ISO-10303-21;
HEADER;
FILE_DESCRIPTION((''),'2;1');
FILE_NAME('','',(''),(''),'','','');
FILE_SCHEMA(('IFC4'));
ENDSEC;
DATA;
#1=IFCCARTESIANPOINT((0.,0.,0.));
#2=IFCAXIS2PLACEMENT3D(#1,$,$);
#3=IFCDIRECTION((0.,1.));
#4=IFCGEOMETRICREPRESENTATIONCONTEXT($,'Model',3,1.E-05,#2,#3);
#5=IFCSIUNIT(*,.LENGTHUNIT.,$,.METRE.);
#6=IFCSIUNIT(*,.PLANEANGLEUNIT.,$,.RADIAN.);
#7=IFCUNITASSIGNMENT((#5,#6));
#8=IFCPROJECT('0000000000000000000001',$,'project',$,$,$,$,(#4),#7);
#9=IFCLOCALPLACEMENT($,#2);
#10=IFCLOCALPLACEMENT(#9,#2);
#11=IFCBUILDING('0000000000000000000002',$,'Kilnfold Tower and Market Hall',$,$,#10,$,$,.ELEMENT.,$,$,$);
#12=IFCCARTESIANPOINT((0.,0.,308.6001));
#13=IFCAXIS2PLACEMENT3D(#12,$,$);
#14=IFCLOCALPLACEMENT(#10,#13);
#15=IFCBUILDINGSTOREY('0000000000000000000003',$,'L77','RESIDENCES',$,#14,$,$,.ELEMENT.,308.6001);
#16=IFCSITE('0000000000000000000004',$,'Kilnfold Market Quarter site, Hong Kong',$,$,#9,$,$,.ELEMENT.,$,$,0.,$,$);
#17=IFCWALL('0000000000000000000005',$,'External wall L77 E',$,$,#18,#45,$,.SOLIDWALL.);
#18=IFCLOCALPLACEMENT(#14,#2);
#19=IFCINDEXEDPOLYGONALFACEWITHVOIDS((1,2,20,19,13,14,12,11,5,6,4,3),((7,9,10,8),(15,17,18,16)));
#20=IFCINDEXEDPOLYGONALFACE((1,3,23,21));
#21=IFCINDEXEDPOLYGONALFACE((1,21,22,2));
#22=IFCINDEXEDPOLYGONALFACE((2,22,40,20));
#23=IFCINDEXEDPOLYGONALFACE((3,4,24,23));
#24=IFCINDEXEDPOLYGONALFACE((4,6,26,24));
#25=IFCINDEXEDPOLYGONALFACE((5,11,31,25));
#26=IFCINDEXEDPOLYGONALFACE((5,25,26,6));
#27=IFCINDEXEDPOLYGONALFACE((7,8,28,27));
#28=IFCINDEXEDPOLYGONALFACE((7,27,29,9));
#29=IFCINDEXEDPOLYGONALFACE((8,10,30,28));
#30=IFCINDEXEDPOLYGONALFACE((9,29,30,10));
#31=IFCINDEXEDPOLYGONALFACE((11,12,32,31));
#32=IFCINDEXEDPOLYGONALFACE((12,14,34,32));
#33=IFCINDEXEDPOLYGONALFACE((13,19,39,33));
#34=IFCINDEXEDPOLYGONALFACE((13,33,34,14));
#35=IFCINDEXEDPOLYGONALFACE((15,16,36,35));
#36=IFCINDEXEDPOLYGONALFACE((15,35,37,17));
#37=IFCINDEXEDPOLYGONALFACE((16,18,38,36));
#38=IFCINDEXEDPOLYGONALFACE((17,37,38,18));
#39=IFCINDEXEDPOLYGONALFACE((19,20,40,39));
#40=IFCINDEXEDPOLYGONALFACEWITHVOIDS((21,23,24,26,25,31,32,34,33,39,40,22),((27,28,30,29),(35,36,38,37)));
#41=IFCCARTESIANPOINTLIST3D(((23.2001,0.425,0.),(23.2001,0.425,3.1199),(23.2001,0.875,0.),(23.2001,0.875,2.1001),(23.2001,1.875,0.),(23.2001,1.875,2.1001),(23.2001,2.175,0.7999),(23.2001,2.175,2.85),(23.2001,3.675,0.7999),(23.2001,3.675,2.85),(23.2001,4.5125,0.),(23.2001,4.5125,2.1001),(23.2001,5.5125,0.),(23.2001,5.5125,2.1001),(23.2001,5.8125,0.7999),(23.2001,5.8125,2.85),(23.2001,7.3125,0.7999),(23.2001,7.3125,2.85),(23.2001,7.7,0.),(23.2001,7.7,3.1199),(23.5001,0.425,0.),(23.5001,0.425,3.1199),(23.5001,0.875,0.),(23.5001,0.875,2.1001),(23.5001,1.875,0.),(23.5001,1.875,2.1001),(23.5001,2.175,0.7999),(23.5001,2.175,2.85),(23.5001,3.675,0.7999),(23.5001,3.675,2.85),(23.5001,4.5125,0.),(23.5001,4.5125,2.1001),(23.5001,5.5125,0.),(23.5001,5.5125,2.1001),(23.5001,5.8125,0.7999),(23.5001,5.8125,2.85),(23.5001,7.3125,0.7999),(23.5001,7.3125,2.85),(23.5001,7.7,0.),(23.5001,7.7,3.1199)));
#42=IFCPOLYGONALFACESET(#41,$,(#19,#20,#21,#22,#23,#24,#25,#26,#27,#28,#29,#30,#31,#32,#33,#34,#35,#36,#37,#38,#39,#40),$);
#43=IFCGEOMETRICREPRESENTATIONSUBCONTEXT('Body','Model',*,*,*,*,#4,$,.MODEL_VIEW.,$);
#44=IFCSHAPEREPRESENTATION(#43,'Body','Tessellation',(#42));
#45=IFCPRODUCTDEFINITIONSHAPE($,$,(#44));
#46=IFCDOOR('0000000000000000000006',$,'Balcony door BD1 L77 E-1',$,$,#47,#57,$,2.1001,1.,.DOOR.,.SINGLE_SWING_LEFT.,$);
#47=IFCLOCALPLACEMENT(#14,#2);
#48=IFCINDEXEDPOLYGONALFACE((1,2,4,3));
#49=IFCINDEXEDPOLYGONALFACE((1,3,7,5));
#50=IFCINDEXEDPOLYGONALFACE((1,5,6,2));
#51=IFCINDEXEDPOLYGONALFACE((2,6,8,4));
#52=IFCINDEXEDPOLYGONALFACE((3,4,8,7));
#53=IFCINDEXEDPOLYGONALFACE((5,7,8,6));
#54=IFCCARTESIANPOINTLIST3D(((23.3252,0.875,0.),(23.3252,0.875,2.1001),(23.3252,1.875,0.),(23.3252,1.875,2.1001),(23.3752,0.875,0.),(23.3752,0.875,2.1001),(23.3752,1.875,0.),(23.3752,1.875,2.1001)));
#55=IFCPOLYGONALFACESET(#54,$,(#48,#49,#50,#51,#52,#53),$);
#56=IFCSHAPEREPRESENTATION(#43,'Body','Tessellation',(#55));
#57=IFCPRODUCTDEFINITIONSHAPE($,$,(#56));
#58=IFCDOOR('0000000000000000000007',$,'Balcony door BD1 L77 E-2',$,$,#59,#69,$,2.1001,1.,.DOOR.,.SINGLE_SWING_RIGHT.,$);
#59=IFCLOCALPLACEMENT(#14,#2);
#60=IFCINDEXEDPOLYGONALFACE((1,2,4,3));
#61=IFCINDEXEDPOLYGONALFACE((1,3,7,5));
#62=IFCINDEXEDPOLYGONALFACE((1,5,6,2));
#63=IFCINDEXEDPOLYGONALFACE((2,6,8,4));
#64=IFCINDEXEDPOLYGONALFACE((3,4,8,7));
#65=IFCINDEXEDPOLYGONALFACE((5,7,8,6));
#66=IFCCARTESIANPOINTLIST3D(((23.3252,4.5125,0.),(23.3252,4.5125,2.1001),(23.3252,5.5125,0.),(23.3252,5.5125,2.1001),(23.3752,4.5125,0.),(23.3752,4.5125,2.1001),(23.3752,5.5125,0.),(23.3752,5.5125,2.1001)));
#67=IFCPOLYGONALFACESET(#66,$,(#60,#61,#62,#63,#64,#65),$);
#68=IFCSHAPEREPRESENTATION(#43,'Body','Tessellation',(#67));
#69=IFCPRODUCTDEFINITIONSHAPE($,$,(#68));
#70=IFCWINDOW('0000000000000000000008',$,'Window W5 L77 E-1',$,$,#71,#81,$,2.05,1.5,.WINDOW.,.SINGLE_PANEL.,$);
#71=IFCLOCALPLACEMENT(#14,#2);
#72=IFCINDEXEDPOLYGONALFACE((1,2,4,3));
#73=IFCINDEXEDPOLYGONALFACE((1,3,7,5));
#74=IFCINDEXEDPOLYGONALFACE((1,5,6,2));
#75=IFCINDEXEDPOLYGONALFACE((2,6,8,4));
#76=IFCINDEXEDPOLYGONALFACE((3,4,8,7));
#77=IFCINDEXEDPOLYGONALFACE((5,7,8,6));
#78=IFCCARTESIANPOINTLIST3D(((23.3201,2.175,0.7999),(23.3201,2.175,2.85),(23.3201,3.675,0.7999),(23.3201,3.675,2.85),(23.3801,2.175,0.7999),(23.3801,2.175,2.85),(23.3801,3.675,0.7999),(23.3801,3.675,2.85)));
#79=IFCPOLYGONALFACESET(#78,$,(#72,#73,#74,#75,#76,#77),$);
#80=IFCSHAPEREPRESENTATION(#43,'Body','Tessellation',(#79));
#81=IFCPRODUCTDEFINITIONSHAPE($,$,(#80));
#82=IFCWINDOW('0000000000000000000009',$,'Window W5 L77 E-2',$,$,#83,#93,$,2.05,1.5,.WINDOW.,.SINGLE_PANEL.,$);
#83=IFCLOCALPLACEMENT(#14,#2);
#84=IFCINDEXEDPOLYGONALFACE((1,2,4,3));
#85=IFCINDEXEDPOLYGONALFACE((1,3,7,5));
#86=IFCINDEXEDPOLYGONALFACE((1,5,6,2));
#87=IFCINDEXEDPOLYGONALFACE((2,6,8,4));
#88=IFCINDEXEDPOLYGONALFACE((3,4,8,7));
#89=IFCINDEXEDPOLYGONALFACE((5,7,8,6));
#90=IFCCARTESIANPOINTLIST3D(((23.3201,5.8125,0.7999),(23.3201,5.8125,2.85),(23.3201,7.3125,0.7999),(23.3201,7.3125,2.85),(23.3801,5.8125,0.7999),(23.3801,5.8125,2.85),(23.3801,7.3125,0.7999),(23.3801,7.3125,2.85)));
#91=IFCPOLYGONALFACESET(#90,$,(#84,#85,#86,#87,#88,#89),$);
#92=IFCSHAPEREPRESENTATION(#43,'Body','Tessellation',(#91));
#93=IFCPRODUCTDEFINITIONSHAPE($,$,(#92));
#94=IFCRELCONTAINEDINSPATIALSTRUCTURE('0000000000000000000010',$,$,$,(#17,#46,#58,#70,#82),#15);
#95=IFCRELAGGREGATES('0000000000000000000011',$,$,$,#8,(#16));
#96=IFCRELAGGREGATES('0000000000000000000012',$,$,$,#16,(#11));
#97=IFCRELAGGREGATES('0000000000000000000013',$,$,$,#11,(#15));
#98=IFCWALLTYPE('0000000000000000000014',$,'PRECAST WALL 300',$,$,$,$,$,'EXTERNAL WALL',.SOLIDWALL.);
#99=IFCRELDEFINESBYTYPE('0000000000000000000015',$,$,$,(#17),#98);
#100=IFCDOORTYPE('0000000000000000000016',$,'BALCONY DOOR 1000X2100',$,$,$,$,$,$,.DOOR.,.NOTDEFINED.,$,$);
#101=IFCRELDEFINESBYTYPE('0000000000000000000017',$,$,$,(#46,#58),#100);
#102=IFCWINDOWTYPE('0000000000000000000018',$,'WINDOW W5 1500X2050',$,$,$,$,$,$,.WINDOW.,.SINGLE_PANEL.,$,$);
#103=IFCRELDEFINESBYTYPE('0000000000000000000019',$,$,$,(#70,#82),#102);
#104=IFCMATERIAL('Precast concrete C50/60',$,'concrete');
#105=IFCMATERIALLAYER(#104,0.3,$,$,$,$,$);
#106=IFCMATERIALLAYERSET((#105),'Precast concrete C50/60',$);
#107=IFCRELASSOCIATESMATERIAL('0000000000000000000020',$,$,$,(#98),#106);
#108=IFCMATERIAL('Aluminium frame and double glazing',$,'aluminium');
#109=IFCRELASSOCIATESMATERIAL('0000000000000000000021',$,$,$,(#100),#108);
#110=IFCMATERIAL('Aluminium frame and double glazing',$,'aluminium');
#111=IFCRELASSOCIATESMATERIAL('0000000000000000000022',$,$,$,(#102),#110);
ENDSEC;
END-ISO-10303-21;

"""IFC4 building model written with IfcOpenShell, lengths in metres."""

from ifc_helpers import new_model, si_unit, direction, frame, frame_2d, origin, place, context, subcontext, project, spatial, rectangle, extrude, source, transform, mapped, material, layer, layer_set, type_object, element, fill, save


model = new_model("IFC4")

# Units and contexts
model_context = context("Model", 3, precision=1e-05, world=origin(), true_north=direction((0.0, 1.0)))
body_context = subcontext(model_context, "Body", "Model", "MODEL_VIEW")
ifc_project = project(units=[si_unit("LENGTHUNIT", "METRE"), si_unit("PLANEANGLEUNIT", "RADIAN")], contexts=[model_context])

# Site, building, storey
site_placement = place(None, origin())
site = spatial("IfcSite", under=ifc_project, at=site_placement, Name="Kilnfold Market Quarter site, Hong Kong", CompositionType="ELEMENT", RefElevation=0.0)
building_placement = place(site_placement, origin())
building = spatial("IfcBuilding", under=site, at=building_placement, Name="Kilnfold Tower and Market Hall", CompositionType="ELEMENT")
storey_placement = place(building_placement, frame((0.0, 0.0, 308.6001)))
storey = spatial("IfcBuildingStorey", under=building, at=storey_placement, Name="L77", Description="RESIDENCES", CompositionType="ELEMENT", Elevation=308.6001)

# Wall, openings, doors, windows
ifc_material_1 = material(Name="Precast concrete C50/60", Category="concrete")
ifc_layer_1 = layer(ifc_material_1, 0.3)
ifc_layer_set_1 = layer_set([ifc_layer_1], Name="Precast concrete C50/60")
wall_type_1 = type_object("IfcWallType", Name="PRECAST WALL 300", ElementType="EXTERNAL WALL", PredefinedType="SOLIDWALL", material=ifc_layer_set_1)
shared_shape_1 = source(origin(), body_context, "Body", "SweptSolid", [
    extrude(rectangle(XDim=7.2749, YDim=0.3, at=frame_2d((3.6375, 0.0))), origin(), (0.0, 0.0, 1.0), 3.1199),
])
wall_1_placement = place(storey_placement, frame((23.3501, 0.425, 0.0), z_axis=(0.0, 0.0, 1.0), x_axis=(0.0, 1.0, 0.0)))
wall_1 = element("IfcWall", 1, at=wall_1_placement, inside=storey, type_object=wall_type_1, Name="External wall L77 E", PredefinedType="SOLIDWALL", context=body_context, shape_type="MappedRepresentation", body=[
    mapped(shared_shape_1, transform((0.0, 0.0, 0.0))),
])
opening_1_placement = place(wall_1_placement, frame((1.75, 0.0, 0.8)))
opening_1 = element("IfcOpeningElement", 2, at=opening_1_placement, cuts=wall_1, PredefinedType="OPENING", context=body_context, shape_type="SweptSolid", body=[
    extrude(rectangle(XDim=1.5, YDim=2.05, at=frame_2d((0.75, 1.0249))), frame((0.0, 0.1602, 0.0), z_axis=(0.0, -1.0, 0.0), x_axis=(1.0, 0.0, 0.0)), (0.0, 0.0, 1.0), 0.3201),
])
opening_2_placement = place(wall_1_placement, frame((0.45, 0.0, 0.0)))
opening_2 = element("IfcOpeningElement", 3, at=opening_2_placement, cuts=wall_1, PredefinedType="OPENING", context=body_context, shape_type="SweptSolid", body=[
    extrude(rectangle(XDim=1.0, YDim=2.1001, at=frame_2d((0.5, 1.05))), frame((0.0, 0.1602, 0.0), z_axis=(0.0, -1.0, 0.0), x_axis=(1.0, 0.0, 0.0)), (0.0, 0.0, 1.0), 0.3201),
])
opening_3_placement = place(wall_1_placement, frame((5.3875, 0.0, 0.8)))
opening_3 = element("IfcOpeningElement", 4, at=opening_3_placement, cuts=wall_1, PredefinedType="OPENING", context=body_context, shape_type="SweptSolid", body=[
    extrude(rectangle(XDim=1.5, YDim=2.05, at=frame_2d((0.75, 1.0249))), frame((0.0, 0.1602, 0.0), z_axis=(0.0, -1.0, 0.0), x_axis=(1.0, 0.0, 0.0)), (0.0, 0.0, 1.0), 0.3201),
])
opening_4_placement = place(wall_1_placement, frame((4.0874, 0.0, 0.0)))
opening_4 = element("IfcOpeningElement", 5, at=opening_4_placement, cuts=wall_1, PredefinedType="OPENING", context=body_context, shape_type="SweptSolid", body=[
    extrude(rectangle(XDim=1.0, YDim=2.1001, at=frame_2d((0.5, 1.05))), frame((0.0, 0.1602, 0.0), z_axis=(0.0, -1.0, 0.0), x_axis=(1.0, 0.0, 0.0)), (0.0, 0.0, 1.0), 0.3201),
])
ifc_material_2 = material(Name="Aluminium frame and double glazing", Category="aluminium")
door_type = type_object("IfcDoorType", Name="BALCONY DOOR 1000X2100", OperationType="NOTDEFINED", PredefinedType="DOOR", material=ifc_material_2)
door_1_placement = place(opening_2_placement, origin())
door_1 = element("IfcDoor", 6, at=door_1_placement, inside=storey, type_object=door_type, Name="Balcony door BD1 L77 E-1", OperationType="SINGLE_SWING_LEFT", OverallHeight=2.1001, OverallWidth=1.0, PredefinedType="DOOR", context=body_context, shape_type="SweptSolid", body=[
    extrude(rectangle(XDim=1.0, YDim=2.1001, at=frame_2d((0.5, 1.05))), frame((0.0, 0.0249, 0.0), z_axis=(0.0, -1.0, 0.0), x_axis=(1.0, 0.0, 0.0)), (0.0, 0.0, 1.0), 0.05),
])
fill(opening_2, door_1)
door_2_placement = place(opening_4_placement, origin())
door_2 = element("IfcDoor", 7, at=door_2_placement, inside=storey, type_object=door_type, Name="Balcony door BD1 L77 E-2", OperationType="SINGLE_SWING_RIGHT", OverallHeight=2.1001, OverallWidth=1.0, PredefinedType="DOOR", context=body_context, shape_type="SweptSolid", body=[
    extrude(rectangle(XDim=1.0, YDim=2.1001, at=frame_2d((0.5, 1.05))), frame((0.0, 0.0249, 0.0), z_axis=(0.0, -1.0, 0.0), x_axis=(1.0, 0.0, 0.0)), (0.0, 0.0, 1.0), 0.05),
])
fill(opening_4, door_2)
ifc_material_3 = material(Name="Aluminium frame and double glazing", Category="aluminium")
window_type = type_object("IfcWindowType", Name="WINDOW W5 1500X2050", PartitioningType="SINGLE_PANEL", PredefinedType="WINDOW", material=ifc_material_3)
window_1_placement = place(opening_1_placement, origin())
window_1 = element("IfcWindow", 8, at=window_1_placement, inside=storey, type_object=window_type, Name="Window W5 L77 E-1", OverallHeight=2.05, OverallWidth=1.5, PartitioningType="SINGLE_PANEL", PredefinedType="WINDOW", context=body_context, shape_type="SweptSolid", body=[
    extrude(rectangle(XDim=1.5, YDim=2.05, at=frame_2d((0.75, 1.0249))), frame((0.0, 0.03, 0.0), z_axis=(0.0, -1.0, 0.0), x_axis=(1.0, 0.0, 0.0)), (0.0, 0.0, 1.0), 0.0601),
])
fill(opening_1, window_1)
window_2_placement = place(opening_3_placement, origin())
window_2 = element("IfcWindow", 9, at=window_2_placement, inside=storey, type_object=window_type, Name="Window W5 L77 E-2", OverallHeight=2.05, OverallWidth=1.5, PartitioningType="SINGLE_PANEL", PredefinedType="WINDOW", context=body_context, shape_type="SweptSolid", body=[
    extrude(rectangle(XDim=1.5, YDim=2.05, at=frame_2d((0.75, 1.0249))), frame((0.0, 0.03, 0.0), z_axis=(0.0, -1.0, 0.0), x_axis=(1.0, 0.0, 0.0)), (0.0, 0.0, 1.0), 0.0601),
])
fill(opening_3, window_2)

save(model, "model.ifc")
